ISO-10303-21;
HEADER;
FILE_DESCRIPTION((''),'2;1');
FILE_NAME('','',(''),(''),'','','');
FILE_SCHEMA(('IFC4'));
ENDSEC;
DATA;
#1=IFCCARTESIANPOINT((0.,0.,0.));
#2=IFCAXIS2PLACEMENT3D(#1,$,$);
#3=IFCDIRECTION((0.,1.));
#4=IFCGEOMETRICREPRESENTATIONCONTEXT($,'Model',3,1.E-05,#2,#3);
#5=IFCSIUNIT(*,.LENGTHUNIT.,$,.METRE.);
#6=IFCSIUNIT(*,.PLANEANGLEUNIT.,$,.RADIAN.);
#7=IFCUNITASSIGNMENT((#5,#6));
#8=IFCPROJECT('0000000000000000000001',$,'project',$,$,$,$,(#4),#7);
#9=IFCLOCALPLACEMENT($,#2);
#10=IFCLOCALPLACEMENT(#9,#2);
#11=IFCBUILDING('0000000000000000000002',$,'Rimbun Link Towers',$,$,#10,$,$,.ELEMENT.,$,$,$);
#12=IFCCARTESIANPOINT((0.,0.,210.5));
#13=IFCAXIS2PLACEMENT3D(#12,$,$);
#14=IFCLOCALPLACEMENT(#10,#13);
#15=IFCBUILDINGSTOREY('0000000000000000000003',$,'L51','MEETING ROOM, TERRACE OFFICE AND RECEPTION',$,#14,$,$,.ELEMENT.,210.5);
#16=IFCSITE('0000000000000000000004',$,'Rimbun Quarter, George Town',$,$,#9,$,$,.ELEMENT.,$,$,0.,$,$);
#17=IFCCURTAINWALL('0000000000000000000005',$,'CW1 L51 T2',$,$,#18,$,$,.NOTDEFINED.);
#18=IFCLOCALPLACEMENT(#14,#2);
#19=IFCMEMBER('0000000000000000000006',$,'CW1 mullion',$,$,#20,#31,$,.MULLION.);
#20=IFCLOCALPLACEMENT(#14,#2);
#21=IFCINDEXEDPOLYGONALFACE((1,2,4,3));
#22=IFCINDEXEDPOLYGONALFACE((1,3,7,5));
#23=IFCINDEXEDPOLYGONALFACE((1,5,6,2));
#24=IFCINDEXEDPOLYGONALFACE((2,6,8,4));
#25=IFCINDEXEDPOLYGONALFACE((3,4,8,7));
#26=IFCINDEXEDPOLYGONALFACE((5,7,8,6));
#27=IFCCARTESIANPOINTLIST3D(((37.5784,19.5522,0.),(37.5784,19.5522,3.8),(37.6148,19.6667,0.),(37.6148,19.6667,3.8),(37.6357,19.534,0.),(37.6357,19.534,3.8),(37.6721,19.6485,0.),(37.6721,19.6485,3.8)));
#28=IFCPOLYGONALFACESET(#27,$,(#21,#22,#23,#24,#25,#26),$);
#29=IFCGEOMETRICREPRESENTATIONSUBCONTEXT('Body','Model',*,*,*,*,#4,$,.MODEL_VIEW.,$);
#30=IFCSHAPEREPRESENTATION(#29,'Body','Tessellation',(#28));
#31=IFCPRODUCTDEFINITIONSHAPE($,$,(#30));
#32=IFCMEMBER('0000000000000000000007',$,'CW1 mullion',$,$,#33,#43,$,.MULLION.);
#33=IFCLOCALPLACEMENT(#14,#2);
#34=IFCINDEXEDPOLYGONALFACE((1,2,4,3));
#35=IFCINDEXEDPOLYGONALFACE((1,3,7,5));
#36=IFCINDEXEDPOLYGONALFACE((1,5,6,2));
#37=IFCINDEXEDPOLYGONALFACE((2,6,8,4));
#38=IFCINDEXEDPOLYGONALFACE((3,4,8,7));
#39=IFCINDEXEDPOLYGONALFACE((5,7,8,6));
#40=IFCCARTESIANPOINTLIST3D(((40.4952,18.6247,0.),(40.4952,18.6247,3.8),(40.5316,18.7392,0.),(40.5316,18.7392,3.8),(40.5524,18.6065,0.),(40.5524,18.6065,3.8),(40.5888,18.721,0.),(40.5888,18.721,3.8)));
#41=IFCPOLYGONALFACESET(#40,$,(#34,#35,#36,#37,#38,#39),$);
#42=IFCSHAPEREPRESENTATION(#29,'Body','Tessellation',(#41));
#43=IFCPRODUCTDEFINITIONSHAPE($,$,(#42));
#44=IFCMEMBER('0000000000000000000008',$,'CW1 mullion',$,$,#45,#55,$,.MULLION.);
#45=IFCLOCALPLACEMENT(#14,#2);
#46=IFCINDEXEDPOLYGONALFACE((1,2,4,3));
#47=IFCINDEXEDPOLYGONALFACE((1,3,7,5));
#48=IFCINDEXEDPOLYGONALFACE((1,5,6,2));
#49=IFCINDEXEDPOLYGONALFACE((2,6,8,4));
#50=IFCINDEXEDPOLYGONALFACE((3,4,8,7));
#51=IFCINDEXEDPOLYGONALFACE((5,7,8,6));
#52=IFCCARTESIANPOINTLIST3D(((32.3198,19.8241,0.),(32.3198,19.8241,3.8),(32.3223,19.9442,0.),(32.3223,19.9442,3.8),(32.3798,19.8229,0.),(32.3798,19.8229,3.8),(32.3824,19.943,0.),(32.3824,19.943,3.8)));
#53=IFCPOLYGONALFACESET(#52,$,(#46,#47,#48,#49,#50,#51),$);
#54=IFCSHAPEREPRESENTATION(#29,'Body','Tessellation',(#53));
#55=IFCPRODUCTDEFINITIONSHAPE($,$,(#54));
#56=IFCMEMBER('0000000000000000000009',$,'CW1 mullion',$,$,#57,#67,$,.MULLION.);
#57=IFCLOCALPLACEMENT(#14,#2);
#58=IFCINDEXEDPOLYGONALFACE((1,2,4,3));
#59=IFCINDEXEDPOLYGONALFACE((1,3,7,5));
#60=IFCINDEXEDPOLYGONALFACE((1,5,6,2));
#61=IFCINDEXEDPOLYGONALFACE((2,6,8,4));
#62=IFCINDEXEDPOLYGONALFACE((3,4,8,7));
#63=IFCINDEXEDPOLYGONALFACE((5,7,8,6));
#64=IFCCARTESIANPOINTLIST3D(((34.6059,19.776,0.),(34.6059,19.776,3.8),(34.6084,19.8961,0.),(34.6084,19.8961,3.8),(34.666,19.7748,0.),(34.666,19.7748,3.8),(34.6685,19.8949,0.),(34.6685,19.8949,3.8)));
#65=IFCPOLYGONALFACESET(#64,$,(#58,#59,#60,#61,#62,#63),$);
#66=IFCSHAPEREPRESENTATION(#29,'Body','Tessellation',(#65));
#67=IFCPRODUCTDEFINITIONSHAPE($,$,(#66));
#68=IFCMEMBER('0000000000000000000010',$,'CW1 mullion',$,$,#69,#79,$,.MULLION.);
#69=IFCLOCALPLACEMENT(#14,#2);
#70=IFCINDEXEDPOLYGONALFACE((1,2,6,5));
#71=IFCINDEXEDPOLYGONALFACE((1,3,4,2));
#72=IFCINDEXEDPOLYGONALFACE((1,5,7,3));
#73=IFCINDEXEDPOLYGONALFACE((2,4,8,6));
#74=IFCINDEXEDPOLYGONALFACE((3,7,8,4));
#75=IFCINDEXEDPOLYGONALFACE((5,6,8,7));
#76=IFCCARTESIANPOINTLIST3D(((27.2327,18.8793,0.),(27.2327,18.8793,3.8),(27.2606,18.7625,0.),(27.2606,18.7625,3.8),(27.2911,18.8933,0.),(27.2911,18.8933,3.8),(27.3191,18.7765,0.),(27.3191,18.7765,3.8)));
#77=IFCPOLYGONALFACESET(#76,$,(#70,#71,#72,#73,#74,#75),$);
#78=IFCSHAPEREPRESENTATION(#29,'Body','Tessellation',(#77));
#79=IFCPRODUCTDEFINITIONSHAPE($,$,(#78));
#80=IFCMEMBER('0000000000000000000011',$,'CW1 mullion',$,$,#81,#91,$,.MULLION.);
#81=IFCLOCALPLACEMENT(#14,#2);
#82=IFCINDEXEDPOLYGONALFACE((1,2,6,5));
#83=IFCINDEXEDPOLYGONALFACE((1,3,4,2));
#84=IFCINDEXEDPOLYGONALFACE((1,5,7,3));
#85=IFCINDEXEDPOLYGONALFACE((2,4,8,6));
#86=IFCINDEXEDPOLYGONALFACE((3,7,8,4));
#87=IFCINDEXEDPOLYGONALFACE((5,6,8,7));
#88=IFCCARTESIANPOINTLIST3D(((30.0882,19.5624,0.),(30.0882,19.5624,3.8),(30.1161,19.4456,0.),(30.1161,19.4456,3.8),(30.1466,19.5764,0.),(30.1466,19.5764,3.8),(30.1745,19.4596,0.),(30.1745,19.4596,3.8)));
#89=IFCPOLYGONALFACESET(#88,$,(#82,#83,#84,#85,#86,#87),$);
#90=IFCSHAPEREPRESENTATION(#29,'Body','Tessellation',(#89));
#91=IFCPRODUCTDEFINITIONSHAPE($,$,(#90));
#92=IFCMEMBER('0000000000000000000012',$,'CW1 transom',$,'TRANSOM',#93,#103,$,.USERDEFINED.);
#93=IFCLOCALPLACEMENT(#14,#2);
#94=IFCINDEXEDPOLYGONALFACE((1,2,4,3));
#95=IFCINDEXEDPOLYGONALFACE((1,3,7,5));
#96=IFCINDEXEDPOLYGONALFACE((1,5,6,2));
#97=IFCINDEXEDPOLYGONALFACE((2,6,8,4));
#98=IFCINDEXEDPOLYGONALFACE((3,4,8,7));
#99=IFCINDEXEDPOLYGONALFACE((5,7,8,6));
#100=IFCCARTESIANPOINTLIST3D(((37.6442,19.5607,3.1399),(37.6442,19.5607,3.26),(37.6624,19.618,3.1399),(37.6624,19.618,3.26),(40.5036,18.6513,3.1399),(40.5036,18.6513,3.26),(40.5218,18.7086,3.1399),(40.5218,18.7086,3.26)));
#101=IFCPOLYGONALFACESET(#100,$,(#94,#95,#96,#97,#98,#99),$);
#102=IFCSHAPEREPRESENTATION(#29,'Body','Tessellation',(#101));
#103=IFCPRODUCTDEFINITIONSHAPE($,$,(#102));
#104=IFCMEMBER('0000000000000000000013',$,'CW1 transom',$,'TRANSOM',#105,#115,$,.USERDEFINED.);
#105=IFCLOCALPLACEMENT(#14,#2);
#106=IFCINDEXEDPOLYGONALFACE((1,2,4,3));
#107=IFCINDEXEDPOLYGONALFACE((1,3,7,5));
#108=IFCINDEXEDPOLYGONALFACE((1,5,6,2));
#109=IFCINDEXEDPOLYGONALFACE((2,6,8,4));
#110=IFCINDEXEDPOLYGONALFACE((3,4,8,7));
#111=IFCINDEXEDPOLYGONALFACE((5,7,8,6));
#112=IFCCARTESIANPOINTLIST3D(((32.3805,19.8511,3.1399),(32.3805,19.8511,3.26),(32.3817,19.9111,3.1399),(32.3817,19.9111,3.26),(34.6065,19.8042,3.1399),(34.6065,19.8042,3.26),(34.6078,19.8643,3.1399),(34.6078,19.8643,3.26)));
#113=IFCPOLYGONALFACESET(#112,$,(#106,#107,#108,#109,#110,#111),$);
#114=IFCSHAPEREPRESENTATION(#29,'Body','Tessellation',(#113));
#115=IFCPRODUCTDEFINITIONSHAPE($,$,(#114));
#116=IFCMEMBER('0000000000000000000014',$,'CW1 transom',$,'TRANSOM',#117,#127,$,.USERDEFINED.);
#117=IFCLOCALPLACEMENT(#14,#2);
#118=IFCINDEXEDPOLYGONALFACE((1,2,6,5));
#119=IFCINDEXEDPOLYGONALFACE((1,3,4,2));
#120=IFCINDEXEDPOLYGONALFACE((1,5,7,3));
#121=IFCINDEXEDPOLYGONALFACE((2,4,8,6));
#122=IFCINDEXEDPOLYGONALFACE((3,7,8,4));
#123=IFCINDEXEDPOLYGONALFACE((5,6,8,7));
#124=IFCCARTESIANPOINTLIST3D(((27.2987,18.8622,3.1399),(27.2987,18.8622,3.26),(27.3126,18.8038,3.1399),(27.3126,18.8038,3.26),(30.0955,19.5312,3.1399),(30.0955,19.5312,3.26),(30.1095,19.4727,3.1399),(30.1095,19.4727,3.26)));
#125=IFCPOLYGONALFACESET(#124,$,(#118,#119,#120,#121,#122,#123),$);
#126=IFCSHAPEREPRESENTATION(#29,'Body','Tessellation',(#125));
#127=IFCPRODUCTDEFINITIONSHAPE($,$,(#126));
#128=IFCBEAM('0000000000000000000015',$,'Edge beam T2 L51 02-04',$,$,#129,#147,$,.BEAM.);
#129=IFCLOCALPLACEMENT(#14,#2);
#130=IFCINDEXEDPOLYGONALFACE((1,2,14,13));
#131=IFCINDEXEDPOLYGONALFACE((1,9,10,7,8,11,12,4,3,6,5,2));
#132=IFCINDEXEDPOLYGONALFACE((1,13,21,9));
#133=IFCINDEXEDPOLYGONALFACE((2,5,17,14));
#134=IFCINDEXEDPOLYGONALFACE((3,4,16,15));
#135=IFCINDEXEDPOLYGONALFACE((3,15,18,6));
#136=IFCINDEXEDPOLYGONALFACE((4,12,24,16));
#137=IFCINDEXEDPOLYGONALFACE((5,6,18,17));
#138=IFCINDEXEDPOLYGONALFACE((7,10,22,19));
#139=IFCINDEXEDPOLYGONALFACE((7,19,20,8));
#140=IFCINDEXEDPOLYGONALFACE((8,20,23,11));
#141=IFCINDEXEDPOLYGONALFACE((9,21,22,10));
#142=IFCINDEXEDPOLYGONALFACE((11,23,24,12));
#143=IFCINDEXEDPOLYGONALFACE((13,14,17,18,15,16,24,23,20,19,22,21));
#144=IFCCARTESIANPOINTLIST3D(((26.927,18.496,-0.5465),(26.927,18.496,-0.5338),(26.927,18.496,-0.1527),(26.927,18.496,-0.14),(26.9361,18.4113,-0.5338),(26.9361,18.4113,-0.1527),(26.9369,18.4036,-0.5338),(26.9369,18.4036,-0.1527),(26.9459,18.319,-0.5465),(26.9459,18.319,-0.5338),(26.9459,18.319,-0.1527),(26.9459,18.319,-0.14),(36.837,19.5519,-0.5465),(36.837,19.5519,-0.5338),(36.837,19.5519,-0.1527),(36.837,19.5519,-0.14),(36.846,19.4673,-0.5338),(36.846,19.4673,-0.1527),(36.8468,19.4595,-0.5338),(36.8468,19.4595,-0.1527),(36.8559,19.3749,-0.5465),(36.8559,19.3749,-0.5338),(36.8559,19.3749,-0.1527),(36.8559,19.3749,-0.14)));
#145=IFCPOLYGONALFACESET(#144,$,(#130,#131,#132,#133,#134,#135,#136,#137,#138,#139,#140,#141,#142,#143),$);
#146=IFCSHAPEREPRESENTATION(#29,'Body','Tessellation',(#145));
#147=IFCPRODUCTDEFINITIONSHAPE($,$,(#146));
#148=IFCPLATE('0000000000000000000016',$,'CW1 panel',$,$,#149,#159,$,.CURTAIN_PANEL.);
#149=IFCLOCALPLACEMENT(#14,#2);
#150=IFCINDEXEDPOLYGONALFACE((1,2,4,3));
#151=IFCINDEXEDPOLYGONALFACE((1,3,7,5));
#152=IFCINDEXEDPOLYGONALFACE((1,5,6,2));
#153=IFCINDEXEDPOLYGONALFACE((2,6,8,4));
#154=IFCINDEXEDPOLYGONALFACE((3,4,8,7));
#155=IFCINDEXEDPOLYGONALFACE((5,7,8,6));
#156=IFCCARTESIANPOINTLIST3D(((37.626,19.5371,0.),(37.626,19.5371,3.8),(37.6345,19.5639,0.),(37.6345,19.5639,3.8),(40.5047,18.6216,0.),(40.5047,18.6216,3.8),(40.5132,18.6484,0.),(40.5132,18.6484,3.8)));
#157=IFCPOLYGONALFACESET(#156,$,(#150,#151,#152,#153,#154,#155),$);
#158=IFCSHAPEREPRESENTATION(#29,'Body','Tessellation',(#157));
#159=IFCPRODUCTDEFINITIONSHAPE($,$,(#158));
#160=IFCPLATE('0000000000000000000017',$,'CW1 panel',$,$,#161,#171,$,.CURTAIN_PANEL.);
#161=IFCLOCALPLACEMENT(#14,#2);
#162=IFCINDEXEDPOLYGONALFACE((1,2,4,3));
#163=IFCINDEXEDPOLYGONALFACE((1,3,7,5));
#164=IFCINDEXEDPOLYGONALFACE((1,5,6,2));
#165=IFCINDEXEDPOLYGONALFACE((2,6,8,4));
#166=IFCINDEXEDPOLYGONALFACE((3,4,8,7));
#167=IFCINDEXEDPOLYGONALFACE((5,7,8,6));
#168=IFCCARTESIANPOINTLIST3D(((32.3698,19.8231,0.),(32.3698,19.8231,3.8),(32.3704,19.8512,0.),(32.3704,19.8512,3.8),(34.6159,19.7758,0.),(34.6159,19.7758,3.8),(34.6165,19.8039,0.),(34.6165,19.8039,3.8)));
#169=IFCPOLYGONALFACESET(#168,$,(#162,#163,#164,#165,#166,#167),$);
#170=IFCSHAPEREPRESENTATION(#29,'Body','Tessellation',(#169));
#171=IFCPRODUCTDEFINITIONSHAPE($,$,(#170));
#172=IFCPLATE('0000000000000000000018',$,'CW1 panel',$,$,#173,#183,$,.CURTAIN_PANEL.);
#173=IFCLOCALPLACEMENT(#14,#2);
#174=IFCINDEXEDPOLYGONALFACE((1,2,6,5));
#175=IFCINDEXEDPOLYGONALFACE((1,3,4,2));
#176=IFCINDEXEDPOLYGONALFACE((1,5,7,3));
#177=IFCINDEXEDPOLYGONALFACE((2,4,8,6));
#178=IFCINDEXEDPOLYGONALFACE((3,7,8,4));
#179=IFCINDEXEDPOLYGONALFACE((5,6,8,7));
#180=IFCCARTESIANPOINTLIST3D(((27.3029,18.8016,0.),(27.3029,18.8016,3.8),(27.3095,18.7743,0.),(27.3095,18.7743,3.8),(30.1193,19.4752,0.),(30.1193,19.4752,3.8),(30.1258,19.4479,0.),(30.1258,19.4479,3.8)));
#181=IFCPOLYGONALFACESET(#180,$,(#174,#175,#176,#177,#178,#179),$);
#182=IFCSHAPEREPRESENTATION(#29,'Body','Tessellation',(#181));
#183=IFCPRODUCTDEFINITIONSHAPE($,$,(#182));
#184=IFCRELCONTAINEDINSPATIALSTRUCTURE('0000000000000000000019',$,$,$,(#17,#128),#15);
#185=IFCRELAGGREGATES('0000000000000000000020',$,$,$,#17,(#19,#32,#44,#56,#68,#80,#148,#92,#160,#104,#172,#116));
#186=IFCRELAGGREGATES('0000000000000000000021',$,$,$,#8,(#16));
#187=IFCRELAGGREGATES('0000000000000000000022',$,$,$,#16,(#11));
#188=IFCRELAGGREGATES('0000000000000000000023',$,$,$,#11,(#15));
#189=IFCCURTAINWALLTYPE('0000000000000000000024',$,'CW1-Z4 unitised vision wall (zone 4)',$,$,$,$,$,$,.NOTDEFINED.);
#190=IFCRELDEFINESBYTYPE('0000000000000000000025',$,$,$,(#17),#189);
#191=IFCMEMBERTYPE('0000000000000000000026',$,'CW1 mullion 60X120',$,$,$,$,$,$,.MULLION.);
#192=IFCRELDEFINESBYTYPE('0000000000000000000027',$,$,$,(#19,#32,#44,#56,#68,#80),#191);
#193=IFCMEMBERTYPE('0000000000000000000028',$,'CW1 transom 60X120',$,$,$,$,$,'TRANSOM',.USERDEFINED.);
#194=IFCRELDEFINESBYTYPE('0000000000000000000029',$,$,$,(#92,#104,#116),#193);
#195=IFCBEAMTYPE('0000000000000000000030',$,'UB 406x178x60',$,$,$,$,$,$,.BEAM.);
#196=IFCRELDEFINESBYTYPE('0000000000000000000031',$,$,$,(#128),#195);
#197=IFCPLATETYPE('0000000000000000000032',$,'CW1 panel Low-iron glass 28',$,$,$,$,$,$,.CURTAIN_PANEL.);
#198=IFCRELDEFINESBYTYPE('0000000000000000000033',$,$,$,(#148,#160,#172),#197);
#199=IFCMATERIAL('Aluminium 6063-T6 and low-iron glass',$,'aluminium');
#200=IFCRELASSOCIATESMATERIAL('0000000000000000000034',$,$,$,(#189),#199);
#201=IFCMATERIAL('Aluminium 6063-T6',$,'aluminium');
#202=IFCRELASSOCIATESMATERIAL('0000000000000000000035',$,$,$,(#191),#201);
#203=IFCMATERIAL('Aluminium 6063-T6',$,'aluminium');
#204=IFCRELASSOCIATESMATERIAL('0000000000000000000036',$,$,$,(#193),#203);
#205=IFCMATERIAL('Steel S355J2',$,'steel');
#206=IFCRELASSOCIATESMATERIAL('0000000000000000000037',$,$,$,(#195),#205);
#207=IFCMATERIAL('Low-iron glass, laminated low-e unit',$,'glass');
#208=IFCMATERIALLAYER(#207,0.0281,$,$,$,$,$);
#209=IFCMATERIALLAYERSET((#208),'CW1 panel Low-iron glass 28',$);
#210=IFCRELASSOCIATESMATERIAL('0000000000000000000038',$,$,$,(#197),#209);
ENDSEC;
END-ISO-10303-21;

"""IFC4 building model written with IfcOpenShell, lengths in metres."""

from ifc_helpers import new_model, si_unit, direction, frame, origin, origin_2d, place, context, subcontext, project, spatial, rectangle, i_section, extrude, material, layer, layer_set, material_profile, profile_set, type_object, element, aggregate, save


model = new_model("IFC4")

# Units and contexts
model_context = context("Model", 3, precision=1e-05, world=origin(), true_north=direction((0.0, 1.0)))
body_context = subcontext(model_context, "Body", "Model", "MODEL_VIEW")
ifc_project = project(units=[si_unit("LENGTHUNIT", "METRE"), si_unit("PLANEANGLEUNIT", "RADIAN")], contexts=[model_context])

# Site, building, storey
site_placement = place(None, origin())
site = spatial("IfcSite", under=ifc_project, at=site_placement, Name="Rimbun Quarter, George Town", CompositionType="ELEMENT", RefElevation=0.0)
building_placement = place(site_placement, origin())
building = spatial("IfcBuilding", under=site, at=building_placement, Name="Rimbun Link Towers", CompositionType="ELEMENT")
storey_placement = place(building_placement, frame((0.0, 0.0, 210.5)))
storey = spatial("IfcBuildingStorey", under=building, at=storey_placement, Name="L51", Description="MEETING ROOM, TERRACE OFFICE AND RECEPTION", CompositionType="ELEMENT", Elevation=210.5)

# Curtain wall, members
ifc_material_1 = material(Name="Aluminium 6063-T6 and low-iron glass", Category="aluminium")
curtain_wall_type = type_object("IfcCurtainWallType", Name="CW1-Z4 unitised vision wall (zone 4)", PredefinedType="NOTDEFINED", material=ifc_material_1)
curtain_wall_placement = place(storey_placement, origin())
curtain_wall = element("IfcCurtainWall", 1, at=curtain_wall_placement, inside=storey, type_object=curtain_wall_type, Name="CW1 L51 T2", PredefinedType="NOTDEFINED")
ifc_material_2 = material(Name="Aluminium 6063-T6", Category="aluminium")
ifc_material_profile_1 = material_profile(ifc_material_2, rectangle(XDim=0.1201, YDim=0.0601, at=origin_2d()), Name="MULLION 60X120")
ifc_profile_set_1 = profile_set([ifc_material_profile_1], Name="Aluminium 6063-T6")
member_type_1 = type_object("IfcMemberType", Name="CW1 mullion 60X120", PredefinedType="MULLION", material=ifc_profile_set_1)
member_1_placement = place(storey_placement, frame((37.6252, 19.6003, 0.0), z_axis=(0.0, 0.0, 1.0), x_axis=(0.303068, 0.952969, 0.0)))
member_1 = element("IfcMember", 2, at=member_1_placement, type_object=member_type_1, Name="CW1 mullion", PredefinedType="MULLION", context=body_context, shape_type="SweptSolid", body=[
    extrude(rectangle(XDim=0.1201, YDim=0.0601, at=origin_2d()), origin(), (0.0, 0.0, 1.0), 3.8),
])
member_2_placement = place(storey_placement, frame((40.542, 18.6729, 0.0), z_axis=(0.0, 0.0, 1.0), x_axis=(0.303068, 0.952969, 0.0)))
member_2 = element("IfcMember", 3, at=member_2_placement, type_object=member_type_1, Name="CW1 mullion", PredefinedType="MULLION", context=body_context, shape_type="SweptSolid", body=[
    extrude(rectangle(XDim=0.1201, YDim=0.0601, at=origin_2d()), origin(), (0.0, 0.0, 1.0), 3.8),
])
member_3_placement = place(storey_placement, frame((32.3511, 19.8835, 0.0), z_axis=(0.0, 0.0, 1.0), x_axis=(0.021054, 0.999778, 0.0)))
member_3 = element("IfcMember", 4, at=member_3_placement, type_object=member_type_1, Name="CW1 mullion", PredefinedType="MULLION", context=body_context, shape_type="SweptSolid", body=[
    extrude(rectangle(XDim=0.1201, YDim=0.0601, at=origin_2d()), origin(), (0.0, 0.0, 1.0), 3.8),
])
member_4_placement = place(storey_placement, frame((34.6372, 19.8354, 0.0), z_axis=(0.0, 0.0, 1.0), x_axis=(0.021054, 0.999778, 0.0)))
member_4 = element("IfcMember", 5, at=member_4_placement, type_object=member_type_1, Name="CW1 mullion", PredefinedType="MULLION", context=body_context, shape_type="SweptSolid", body=[
    extrude(rectangle(XDim=0.1201, YDim=0.0601, at=origin_2d()), origin(), (0.0, 0.0, 1.0), 3.8),
])
member_5_placement = place(storey_placement, frame((27.2759, 18.8279, 0.0), z_axis=(0.0, 0.0, 1.0), x_axis=(-0.2326, 0.972573, 0.0)))
member_5 = element("IfcMember", 6, at=member_5_placement, type_object=member_type_1, Name="CW1 mullion", PredefinedType="MULLION", context=body_context, shape_type="SweptSolid", body=[
    extrude(rectangle(XDim=0.1201, YDim=0.0601, at=origin_2d()), origin(), (0.0, 0.0, 1.0), 3.8),
])
member_6_placement = place(storey_placement, frame((30.1313, 19.511, 0.0), z_axis=(0.0, 0.0, 1.0), x_axis=(-0.2326, 0.972573, 0.0)))
member_6 = element("IfcMember", 7, at=member_6_placement, type_object=member_type_1, Name="CW1 mullion", PredefinedType="MULLION", context=body_context, shape_type="SweptSolid", body=[
    extrude(rectangle(XDim=0.1201, YDim=0.0601, at=origin_2d()), origin(), (0.0, 0.0, 1.0), 3.8),
])
ifc_material_3 = material(Name="Aluminium 6063-T6", Category="aluminium")
ifc_material_profile_2 = material_profile(ifc_material_3, rectangle(XDim=0.0601, YDim=0.1201, at=origin_2d()), Name="TRANSOM 60X120")
ifc_profile_set_2 = profile_set([ifc_material_profile_2], Name="Aluminium 6063-T6")
member_type_2 = type_object("IfcMemberType", Name="CW1 transom 60X120", ElementType="TRANSOM", PredefinedType="USERDEFINED", material=ifc_profile_set_2)
member_7_placement = place(storey_placement, frame((37.6533, 19.5894, 3.2), z_axis=(0.952962, -0.303089, 0.0), x_axis=(0.303089, 0.952962, 0.0)))
member_7 = element("IfcMember", 8, at=member_7_placement, type_object=member_type_2, Name="CW1 transom", ObjectType="TRANSOM", PredefinedType="USERDEFINED", context=body_context, shape_type="SweptSolid", body=[
    extrude(rectangle(XDim=0.0601, YDim=0.1201, at=origin_2d()), origin(), (0.0, 0.0, 1.0), 3.0005),
])
member_8_placement = place(storey_placement, frame((32.3811, 19.8811, 3.2), z_axis=(0.999778, -0.021053, 0.0), x_axis=(0.021053, 0.999778, 0.0)))
member_8 = element("IfcMember", 9, at=member_8_placement, type_object=member_type_2, Name="CW1 transom", ObjectType="TRANSOM", PredefinedType="USERDEFINED", context=body_context, shape_type="SweptSolid", body=[
    extrude(rectangle(XDim=0.0601, YDim=0.1201, at=origin_2d()), origin(), (0.0, 0.0, 1.0), 2.2266),
])
member_9_placement = place(storey_placement, frame((27.3057, 18.833, 3.2), z_axis=(0.972569, 0.232615, 0.0), x_axis=(-0.232615, 0.972569, 0.0)))
member_9 = element("IfcMember", 10, at=member_9_placement, type_object=member_type_2, Name="CW1 transom", ObjectType="TRANSOM", PredefinedType="USERDEFINED", context=body_context, shape_type="SweptSolid", body=[
    extrude(rectangle(XDim=0.0601, YDim=0.1201, at=origin_2d()), origin(), (0.0, 0.0, 1.0), 2.8757),
])

# Beam
ifc_material_4 = material(Name="Steel S355J2", Category="steel")
ifc_material_profile_3 = material_profile(ifc_material_4, i_section(OverallWidth=0.178, OverallDepth=0.4065, WebThickness=0.0078, FlangeThickness=0.0127, at=origin_2d()), Name="UB 406x178x60")
ifc_profile_set_3 = profile_set([ifc_material_profile_3], Name="Steel S355J2")
beam_type = type_object("IfcBeamType", Name="UB 406x178x60", PredefinedType="BEAM", material=ifc_profile_set_3)
beam_placement = place(storey_placement, frame((36.8464, 19.4634, -0.3433), z_axis=(-0.994371, -0.105951, 0.0), x_axis=(0.105951, -0.994371, 0.0)))
element("IfcBeam", 11, at=beam_placement, inside=storey, type_object=beam_type, Name="Edge beam T2 L51 02-04", PredefinedType="BEAM", context=body_context, shape_type="SweptSolid", body=[
    extrude(i_section(OverallWidth=0.178, OverallDepth=0.4065, WebThickness=0.0078, FlangeThickness=0.0127, at=origin_2d()), origin(), (0.0, 0.0, 1.0), 9.9661),
])

# Plates
ifc_material_5 = material(Name="Low-iron glass, laminated low-e unit", Category="glass")
ifc_layer = layer(ifc_material_5, 0.0281)
ifc_layer_set = layer_set([ifc_layer], Name="CW1 panel Low-iron glass 28")
plate_type = type_object("IfcPlateType", Name="CW1 panel Low-iron glass 28", PredefinedType="CURTAIN_PANEL", material=ifc_layer_set)
plate_1_placement = place(storey_placement, frame((39.0696, 19.0928, 0.0), z_axis=(0.0, 0.0, 1.0), x_axis=(0.952969, -0.303068, 0.0)))
plate_1 = element("IfcPlate", 12, at=plate_1_placement, type_object=plate_type, Name="CW1 panel", PredefinedType="CURTAIN_PANEL", context=body_context, shape_type="SweptSolid", body=[
    extrude(rectangle(XDim=3.0208, YDim=0.0281, at=origin_2d()), origin(), (0.0, 0.0, 1.0), 3.8),
])
plate_2_placement = place(storey_placement, frame((33.4932, 19.8135, 0.0), z_axis=(0.0, 0.0, 1.0), x_axis=(0.999778, -0.021054, 0.0)))
plate_2 = element("IfcPlate", 13, at=plate_2_placement, type_object=plate_type, Name="CW1 panel", PredefinedType="CURTAIN_PANEL", context=body_context, shape_type="SweptSolid", body=[
    extrude(rectangle(XDim=2.2466, YDim=0.0281, at=origin_2d()), origin(), (0.0, 0.0, 1.0), 3.8),
])
plate_3_placement = place(storey_placement, frame((28.7144, 19.1248, 0.0), z_axis=(0.0, 0.0, 1.0), x_axis=(0.972573, 0.2326, 0.0)))
plate_3 = element("IfcPlate", 14, at=plate_3_placement, type_object=plate_type, Name="CW1 panel", PredefinedType="CURTAIN_PANEL", context=body_context, shape_type="SweptSolid", body=[
    extrude(rectangle(XDim=2.8958, YDim=0.0281, at=origin_2d()), origin(), (0.0, 0.0, 1.0), 3.8),
])
aggregate(curtain_wall, [member_1, member_2, member_3, member_4, member_5, member_6, plate_1, member_7, plate_2, member_8, plate_3, member_9])

save(model, "model.ifc")
